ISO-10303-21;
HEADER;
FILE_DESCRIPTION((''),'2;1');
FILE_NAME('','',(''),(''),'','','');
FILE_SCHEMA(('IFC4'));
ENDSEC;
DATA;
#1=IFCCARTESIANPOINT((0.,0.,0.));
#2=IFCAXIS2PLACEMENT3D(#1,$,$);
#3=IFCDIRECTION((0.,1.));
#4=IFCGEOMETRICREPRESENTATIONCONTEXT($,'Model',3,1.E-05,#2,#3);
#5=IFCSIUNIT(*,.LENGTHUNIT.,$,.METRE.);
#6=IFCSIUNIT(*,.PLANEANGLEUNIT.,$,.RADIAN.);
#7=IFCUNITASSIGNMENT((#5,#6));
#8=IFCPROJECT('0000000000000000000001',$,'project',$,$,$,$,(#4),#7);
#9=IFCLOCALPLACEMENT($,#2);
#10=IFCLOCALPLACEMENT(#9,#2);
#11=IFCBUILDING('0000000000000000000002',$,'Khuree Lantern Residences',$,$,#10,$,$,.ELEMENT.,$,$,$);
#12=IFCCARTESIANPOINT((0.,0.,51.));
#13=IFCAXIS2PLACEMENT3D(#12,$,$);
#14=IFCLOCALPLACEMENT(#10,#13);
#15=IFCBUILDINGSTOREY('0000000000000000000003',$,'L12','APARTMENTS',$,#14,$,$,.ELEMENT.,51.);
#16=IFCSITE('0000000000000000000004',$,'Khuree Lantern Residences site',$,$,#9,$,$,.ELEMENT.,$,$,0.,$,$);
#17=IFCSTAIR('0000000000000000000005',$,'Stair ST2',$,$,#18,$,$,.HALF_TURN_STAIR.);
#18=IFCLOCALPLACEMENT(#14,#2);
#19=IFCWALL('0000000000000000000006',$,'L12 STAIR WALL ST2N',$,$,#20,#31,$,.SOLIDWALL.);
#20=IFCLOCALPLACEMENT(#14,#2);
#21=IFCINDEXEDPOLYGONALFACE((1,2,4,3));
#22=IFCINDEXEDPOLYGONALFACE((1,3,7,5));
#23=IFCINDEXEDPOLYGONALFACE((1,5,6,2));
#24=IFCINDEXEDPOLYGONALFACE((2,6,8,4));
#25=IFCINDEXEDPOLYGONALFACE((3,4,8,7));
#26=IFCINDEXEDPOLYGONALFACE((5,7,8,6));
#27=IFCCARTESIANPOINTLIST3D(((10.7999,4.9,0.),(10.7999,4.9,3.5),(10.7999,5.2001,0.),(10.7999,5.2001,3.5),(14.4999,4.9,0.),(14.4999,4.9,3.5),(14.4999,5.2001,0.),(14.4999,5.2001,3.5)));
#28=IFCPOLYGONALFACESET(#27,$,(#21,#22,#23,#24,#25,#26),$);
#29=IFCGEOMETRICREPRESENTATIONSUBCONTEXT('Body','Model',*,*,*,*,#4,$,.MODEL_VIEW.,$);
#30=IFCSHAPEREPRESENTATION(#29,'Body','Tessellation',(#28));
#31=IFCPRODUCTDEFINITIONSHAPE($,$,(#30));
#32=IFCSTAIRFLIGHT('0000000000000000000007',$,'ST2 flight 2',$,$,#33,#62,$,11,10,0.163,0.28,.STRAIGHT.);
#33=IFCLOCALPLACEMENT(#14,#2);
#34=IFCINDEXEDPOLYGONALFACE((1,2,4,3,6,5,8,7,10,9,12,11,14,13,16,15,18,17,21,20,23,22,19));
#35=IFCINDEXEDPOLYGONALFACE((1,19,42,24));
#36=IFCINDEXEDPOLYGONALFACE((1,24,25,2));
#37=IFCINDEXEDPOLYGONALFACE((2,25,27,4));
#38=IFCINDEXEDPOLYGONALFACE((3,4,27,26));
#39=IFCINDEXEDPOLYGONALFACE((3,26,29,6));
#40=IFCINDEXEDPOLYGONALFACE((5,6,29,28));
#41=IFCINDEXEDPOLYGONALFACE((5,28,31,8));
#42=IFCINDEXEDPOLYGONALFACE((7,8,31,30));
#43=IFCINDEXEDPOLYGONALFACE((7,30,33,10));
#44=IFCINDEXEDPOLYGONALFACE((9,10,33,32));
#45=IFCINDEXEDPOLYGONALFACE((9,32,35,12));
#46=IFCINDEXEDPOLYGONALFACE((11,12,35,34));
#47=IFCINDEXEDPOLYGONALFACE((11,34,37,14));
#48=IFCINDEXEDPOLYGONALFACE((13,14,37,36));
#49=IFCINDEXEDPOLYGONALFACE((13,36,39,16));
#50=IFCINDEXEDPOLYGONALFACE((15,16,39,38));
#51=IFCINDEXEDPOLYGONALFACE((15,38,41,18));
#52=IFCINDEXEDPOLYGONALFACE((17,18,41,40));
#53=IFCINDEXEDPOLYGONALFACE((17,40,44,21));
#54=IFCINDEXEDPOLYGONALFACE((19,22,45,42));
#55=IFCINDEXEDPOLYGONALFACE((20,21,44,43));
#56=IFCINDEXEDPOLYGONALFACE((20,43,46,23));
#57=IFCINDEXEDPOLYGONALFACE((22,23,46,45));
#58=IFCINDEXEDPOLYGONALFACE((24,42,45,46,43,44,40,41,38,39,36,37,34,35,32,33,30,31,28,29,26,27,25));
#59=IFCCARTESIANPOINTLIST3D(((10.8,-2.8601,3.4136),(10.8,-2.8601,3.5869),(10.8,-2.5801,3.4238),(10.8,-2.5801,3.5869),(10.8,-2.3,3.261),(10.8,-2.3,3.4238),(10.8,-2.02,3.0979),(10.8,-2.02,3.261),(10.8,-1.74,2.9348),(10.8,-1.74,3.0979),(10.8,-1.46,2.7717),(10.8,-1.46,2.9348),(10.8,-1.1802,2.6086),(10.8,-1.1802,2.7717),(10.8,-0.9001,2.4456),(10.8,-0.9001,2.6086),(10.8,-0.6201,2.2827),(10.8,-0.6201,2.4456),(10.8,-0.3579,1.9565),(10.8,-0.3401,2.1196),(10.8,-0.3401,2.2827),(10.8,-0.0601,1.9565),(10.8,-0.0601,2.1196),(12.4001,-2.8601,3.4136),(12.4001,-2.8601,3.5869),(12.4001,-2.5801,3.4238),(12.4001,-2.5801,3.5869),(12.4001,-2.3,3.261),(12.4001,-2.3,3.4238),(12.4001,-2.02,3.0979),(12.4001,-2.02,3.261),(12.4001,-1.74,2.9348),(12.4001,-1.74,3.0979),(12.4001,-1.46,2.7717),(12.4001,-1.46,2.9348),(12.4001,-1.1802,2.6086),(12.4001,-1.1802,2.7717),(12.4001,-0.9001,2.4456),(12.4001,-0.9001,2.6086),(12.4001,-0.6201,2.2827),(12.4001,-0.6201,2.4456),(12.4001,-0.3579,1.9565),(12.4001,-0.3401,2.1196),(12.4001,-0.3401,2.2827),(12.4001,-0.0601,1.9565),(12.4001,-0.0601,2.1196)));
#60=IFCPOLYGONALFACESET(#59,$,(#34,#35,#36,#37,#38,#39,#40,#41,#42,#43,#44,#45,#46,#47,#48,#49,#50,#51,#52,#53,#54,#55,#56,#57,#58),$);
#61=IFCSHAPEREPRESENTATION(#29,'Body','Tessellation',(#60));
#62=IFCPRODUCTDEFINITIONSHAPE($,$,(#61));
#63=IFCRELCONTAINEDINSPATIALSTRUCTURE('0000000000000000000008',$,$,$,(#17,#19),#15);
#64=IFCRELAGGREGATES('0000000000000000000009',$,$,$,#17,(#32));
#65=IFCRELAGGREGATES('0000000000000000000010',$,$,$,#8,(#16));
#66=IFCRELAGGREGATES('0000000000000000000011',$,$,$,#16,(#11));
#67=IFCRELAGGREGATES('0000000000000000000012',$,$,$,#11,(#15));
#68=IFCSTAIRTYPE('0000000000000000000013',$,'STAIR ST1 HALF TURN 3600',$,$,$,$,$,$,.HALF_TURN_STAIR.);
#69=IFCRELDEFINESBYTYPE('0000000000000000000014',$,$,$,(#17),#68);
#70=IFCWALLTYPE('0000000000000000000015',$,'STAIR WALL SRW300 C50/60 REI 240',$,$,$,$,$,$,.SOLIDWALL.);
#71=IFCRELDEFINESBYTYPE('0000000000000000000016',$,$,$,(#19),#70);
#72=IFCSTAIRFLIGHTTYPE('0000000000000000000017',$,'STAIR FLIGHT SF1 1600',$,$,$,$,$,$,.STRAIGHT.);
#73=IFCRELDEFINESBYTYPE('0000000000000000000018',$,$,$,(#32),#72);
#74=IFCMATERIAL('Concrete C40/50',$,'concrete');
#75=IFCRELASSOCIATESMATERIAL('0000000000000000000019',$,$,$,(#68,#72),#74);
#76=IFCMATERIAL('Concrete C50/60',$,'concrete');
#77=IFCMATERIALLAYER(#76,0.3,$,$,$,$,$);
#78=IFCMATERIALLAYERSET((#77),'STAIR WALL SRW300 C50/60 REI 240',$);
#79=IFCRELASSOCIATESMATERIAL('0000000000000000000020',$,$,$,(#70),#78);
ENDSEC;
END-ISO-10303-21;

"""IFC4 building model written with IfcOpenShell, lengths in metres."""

from ifc_helpers import new_model, si_unit, direction, frame, frame_2d, origin, place, context, subcontext, project, spatial, polyline, rectangle, outline, extrude, material, layer, layer_set, type_object, element, aggregate, save


model = new_model("IFC4")

# Units and contexts
model_context = context("Model", 3, precision=1e-05, world=origin(), true_north=direction((0.0, 1.0)))
body_context = subcontext(model_context, "Body", "Model", "MODEL_VIEW")
ifc_project = project(units=[si_unit("LENGTHUNIT", "METRE"), si_unit("PLANEANGLEUNIT", "RADIAN")], contexts=[model_context])

# Site, building, storey
site_placement = place(None, origin())
site = spatial("IfcSite", under=ifc_project, at=site_placement, Name="Khuree Lantern Residences site", CompositionType="ELEMENT", RefElevation=0.0)
building_placement = place(site_placement, origin())
building = spatial("IfcBuilding", under=site, at=building_placement, Name="Khuree Lantern Residences", CompositionType="ELEMENT")
storey_placement = place(building_placement, frame((0.0, 0.0, 51.0)))
storey = spatial("IfcBuildingStorey", under=building, at=storey_placement, Name="L12", Description="APARTMENTS", CompositionType="ELEMENT", Elevation=51.0)

# Stair
ifc_material_1 = material(Name="Concrete C40/50", Category="concrete")
stair_type = type_object("IfcStairType", Name="STAIR ST1 HALF TURN 3600", PredefinedType="HALF_TURN_STAIR", material=ifc_material_1)
stair_1_placement = place(storey_placement, origin())
stair_1 = element("IfcStair", 1, at=stair_1_placement, inside=storey, type_object=stair_type, Name="Stair ST2", PredefinedType="HALF_TURN_STAIR")

# Wall
ifc_material_2 = material(Name="Concrete C50/60", Category="concrete")
ifc_layer_1 = layer(ifc_material_2, 0.3)
ifc_layer_set_1 = layer_set([ifc_layer_1], Name="STAIR WALL SRW300 C50/60 REI 240")
wall_type_1 = type_object("IfcWallType", Name="STAIR WALL SRW300 C50/60 REI 240", PredefinedType="SOLIDWALL", material=ifc_layer_set_1)
wall_1_placement = place(storey_placement, frame((14.5, 5.05, 0.0), z_axis=(0.0, 0.0, 1.0), x_axis=(-1.0, 0.0, 0.0)))
element("IfcWall", 2, at=wall_1_placement, inside=storey, type_object=wall_type_1, Name="L12 STAIR WALL ST2N", PredefinedType="SOLIDWALL", context=body_context, shape_type="SweptSolid", body=[
    extrude(rectangle(XDim=3.7, YDim=0.3, at=frame_2d((1.8501, 0.0))), origin(), (0.0, 0.0, 1.0), 3.5),
])

# Stair flight
stair_flight_type = type_object("IfcStairFlightType", Name="STAIR FLIGHT SF1 1600", PredefinedType="STRAIGHT", material=ifc_material_1)
stair_flight_placement = place(storey_placement, frame((11.6001, -0.0601, 1.9565), z_axis=(0.0, 0.0, 1.0), x_axis=(0.0, -1.0, 0.0)))
stair_flight = element("IfcStairFlight", 3, at=stair_flight_placement, type_object=stair_flight_type, Name="ST2 flight 2", NumberOfRisers=11, NumberOfTreads=10, PredefinedType="STRAIGHT", RiserHeight=0.163, TreadLength=0.28, context=body_context, shape_type="SweptSolid", body=[
    extrude(outline(polyline([(0.0, 0.0), (0.0, 0.1631), (0.28, 0.1631), (0.28, 0.3262), (0.5601, 0.3262), (0.5601, 0.489), (0.8401, 0.489), (0.8401, 0.6521), (1.1201, 0.6521), (1.1201, 0.8152), (1.3999, 0.8152), (1.3999, 0.9783), (1.6799, 0.9783), (1.6799, 1.1414), (1.96, 1.1414), (1.96, 1.3044), (2.24, 1.3044), (2.24, 1.4673), (2.52, 1.4673), (2.52, 1.6304), (2.8, 1.6304), (2.8, 1.7935), (2.8, 1.457), (0.2979, 0.0), (0.0, 0.0)])), frame((0.0, 0.8, 0.0), z_axis=(0.0, -1.0, 0.0), x_axis=(1.0, 0.0, 0.0)), (0.0, 0.0, 1.0), 1.6001),
])
aggregate(stair_1, [stair_flight])

save(model, "model.ifc")
